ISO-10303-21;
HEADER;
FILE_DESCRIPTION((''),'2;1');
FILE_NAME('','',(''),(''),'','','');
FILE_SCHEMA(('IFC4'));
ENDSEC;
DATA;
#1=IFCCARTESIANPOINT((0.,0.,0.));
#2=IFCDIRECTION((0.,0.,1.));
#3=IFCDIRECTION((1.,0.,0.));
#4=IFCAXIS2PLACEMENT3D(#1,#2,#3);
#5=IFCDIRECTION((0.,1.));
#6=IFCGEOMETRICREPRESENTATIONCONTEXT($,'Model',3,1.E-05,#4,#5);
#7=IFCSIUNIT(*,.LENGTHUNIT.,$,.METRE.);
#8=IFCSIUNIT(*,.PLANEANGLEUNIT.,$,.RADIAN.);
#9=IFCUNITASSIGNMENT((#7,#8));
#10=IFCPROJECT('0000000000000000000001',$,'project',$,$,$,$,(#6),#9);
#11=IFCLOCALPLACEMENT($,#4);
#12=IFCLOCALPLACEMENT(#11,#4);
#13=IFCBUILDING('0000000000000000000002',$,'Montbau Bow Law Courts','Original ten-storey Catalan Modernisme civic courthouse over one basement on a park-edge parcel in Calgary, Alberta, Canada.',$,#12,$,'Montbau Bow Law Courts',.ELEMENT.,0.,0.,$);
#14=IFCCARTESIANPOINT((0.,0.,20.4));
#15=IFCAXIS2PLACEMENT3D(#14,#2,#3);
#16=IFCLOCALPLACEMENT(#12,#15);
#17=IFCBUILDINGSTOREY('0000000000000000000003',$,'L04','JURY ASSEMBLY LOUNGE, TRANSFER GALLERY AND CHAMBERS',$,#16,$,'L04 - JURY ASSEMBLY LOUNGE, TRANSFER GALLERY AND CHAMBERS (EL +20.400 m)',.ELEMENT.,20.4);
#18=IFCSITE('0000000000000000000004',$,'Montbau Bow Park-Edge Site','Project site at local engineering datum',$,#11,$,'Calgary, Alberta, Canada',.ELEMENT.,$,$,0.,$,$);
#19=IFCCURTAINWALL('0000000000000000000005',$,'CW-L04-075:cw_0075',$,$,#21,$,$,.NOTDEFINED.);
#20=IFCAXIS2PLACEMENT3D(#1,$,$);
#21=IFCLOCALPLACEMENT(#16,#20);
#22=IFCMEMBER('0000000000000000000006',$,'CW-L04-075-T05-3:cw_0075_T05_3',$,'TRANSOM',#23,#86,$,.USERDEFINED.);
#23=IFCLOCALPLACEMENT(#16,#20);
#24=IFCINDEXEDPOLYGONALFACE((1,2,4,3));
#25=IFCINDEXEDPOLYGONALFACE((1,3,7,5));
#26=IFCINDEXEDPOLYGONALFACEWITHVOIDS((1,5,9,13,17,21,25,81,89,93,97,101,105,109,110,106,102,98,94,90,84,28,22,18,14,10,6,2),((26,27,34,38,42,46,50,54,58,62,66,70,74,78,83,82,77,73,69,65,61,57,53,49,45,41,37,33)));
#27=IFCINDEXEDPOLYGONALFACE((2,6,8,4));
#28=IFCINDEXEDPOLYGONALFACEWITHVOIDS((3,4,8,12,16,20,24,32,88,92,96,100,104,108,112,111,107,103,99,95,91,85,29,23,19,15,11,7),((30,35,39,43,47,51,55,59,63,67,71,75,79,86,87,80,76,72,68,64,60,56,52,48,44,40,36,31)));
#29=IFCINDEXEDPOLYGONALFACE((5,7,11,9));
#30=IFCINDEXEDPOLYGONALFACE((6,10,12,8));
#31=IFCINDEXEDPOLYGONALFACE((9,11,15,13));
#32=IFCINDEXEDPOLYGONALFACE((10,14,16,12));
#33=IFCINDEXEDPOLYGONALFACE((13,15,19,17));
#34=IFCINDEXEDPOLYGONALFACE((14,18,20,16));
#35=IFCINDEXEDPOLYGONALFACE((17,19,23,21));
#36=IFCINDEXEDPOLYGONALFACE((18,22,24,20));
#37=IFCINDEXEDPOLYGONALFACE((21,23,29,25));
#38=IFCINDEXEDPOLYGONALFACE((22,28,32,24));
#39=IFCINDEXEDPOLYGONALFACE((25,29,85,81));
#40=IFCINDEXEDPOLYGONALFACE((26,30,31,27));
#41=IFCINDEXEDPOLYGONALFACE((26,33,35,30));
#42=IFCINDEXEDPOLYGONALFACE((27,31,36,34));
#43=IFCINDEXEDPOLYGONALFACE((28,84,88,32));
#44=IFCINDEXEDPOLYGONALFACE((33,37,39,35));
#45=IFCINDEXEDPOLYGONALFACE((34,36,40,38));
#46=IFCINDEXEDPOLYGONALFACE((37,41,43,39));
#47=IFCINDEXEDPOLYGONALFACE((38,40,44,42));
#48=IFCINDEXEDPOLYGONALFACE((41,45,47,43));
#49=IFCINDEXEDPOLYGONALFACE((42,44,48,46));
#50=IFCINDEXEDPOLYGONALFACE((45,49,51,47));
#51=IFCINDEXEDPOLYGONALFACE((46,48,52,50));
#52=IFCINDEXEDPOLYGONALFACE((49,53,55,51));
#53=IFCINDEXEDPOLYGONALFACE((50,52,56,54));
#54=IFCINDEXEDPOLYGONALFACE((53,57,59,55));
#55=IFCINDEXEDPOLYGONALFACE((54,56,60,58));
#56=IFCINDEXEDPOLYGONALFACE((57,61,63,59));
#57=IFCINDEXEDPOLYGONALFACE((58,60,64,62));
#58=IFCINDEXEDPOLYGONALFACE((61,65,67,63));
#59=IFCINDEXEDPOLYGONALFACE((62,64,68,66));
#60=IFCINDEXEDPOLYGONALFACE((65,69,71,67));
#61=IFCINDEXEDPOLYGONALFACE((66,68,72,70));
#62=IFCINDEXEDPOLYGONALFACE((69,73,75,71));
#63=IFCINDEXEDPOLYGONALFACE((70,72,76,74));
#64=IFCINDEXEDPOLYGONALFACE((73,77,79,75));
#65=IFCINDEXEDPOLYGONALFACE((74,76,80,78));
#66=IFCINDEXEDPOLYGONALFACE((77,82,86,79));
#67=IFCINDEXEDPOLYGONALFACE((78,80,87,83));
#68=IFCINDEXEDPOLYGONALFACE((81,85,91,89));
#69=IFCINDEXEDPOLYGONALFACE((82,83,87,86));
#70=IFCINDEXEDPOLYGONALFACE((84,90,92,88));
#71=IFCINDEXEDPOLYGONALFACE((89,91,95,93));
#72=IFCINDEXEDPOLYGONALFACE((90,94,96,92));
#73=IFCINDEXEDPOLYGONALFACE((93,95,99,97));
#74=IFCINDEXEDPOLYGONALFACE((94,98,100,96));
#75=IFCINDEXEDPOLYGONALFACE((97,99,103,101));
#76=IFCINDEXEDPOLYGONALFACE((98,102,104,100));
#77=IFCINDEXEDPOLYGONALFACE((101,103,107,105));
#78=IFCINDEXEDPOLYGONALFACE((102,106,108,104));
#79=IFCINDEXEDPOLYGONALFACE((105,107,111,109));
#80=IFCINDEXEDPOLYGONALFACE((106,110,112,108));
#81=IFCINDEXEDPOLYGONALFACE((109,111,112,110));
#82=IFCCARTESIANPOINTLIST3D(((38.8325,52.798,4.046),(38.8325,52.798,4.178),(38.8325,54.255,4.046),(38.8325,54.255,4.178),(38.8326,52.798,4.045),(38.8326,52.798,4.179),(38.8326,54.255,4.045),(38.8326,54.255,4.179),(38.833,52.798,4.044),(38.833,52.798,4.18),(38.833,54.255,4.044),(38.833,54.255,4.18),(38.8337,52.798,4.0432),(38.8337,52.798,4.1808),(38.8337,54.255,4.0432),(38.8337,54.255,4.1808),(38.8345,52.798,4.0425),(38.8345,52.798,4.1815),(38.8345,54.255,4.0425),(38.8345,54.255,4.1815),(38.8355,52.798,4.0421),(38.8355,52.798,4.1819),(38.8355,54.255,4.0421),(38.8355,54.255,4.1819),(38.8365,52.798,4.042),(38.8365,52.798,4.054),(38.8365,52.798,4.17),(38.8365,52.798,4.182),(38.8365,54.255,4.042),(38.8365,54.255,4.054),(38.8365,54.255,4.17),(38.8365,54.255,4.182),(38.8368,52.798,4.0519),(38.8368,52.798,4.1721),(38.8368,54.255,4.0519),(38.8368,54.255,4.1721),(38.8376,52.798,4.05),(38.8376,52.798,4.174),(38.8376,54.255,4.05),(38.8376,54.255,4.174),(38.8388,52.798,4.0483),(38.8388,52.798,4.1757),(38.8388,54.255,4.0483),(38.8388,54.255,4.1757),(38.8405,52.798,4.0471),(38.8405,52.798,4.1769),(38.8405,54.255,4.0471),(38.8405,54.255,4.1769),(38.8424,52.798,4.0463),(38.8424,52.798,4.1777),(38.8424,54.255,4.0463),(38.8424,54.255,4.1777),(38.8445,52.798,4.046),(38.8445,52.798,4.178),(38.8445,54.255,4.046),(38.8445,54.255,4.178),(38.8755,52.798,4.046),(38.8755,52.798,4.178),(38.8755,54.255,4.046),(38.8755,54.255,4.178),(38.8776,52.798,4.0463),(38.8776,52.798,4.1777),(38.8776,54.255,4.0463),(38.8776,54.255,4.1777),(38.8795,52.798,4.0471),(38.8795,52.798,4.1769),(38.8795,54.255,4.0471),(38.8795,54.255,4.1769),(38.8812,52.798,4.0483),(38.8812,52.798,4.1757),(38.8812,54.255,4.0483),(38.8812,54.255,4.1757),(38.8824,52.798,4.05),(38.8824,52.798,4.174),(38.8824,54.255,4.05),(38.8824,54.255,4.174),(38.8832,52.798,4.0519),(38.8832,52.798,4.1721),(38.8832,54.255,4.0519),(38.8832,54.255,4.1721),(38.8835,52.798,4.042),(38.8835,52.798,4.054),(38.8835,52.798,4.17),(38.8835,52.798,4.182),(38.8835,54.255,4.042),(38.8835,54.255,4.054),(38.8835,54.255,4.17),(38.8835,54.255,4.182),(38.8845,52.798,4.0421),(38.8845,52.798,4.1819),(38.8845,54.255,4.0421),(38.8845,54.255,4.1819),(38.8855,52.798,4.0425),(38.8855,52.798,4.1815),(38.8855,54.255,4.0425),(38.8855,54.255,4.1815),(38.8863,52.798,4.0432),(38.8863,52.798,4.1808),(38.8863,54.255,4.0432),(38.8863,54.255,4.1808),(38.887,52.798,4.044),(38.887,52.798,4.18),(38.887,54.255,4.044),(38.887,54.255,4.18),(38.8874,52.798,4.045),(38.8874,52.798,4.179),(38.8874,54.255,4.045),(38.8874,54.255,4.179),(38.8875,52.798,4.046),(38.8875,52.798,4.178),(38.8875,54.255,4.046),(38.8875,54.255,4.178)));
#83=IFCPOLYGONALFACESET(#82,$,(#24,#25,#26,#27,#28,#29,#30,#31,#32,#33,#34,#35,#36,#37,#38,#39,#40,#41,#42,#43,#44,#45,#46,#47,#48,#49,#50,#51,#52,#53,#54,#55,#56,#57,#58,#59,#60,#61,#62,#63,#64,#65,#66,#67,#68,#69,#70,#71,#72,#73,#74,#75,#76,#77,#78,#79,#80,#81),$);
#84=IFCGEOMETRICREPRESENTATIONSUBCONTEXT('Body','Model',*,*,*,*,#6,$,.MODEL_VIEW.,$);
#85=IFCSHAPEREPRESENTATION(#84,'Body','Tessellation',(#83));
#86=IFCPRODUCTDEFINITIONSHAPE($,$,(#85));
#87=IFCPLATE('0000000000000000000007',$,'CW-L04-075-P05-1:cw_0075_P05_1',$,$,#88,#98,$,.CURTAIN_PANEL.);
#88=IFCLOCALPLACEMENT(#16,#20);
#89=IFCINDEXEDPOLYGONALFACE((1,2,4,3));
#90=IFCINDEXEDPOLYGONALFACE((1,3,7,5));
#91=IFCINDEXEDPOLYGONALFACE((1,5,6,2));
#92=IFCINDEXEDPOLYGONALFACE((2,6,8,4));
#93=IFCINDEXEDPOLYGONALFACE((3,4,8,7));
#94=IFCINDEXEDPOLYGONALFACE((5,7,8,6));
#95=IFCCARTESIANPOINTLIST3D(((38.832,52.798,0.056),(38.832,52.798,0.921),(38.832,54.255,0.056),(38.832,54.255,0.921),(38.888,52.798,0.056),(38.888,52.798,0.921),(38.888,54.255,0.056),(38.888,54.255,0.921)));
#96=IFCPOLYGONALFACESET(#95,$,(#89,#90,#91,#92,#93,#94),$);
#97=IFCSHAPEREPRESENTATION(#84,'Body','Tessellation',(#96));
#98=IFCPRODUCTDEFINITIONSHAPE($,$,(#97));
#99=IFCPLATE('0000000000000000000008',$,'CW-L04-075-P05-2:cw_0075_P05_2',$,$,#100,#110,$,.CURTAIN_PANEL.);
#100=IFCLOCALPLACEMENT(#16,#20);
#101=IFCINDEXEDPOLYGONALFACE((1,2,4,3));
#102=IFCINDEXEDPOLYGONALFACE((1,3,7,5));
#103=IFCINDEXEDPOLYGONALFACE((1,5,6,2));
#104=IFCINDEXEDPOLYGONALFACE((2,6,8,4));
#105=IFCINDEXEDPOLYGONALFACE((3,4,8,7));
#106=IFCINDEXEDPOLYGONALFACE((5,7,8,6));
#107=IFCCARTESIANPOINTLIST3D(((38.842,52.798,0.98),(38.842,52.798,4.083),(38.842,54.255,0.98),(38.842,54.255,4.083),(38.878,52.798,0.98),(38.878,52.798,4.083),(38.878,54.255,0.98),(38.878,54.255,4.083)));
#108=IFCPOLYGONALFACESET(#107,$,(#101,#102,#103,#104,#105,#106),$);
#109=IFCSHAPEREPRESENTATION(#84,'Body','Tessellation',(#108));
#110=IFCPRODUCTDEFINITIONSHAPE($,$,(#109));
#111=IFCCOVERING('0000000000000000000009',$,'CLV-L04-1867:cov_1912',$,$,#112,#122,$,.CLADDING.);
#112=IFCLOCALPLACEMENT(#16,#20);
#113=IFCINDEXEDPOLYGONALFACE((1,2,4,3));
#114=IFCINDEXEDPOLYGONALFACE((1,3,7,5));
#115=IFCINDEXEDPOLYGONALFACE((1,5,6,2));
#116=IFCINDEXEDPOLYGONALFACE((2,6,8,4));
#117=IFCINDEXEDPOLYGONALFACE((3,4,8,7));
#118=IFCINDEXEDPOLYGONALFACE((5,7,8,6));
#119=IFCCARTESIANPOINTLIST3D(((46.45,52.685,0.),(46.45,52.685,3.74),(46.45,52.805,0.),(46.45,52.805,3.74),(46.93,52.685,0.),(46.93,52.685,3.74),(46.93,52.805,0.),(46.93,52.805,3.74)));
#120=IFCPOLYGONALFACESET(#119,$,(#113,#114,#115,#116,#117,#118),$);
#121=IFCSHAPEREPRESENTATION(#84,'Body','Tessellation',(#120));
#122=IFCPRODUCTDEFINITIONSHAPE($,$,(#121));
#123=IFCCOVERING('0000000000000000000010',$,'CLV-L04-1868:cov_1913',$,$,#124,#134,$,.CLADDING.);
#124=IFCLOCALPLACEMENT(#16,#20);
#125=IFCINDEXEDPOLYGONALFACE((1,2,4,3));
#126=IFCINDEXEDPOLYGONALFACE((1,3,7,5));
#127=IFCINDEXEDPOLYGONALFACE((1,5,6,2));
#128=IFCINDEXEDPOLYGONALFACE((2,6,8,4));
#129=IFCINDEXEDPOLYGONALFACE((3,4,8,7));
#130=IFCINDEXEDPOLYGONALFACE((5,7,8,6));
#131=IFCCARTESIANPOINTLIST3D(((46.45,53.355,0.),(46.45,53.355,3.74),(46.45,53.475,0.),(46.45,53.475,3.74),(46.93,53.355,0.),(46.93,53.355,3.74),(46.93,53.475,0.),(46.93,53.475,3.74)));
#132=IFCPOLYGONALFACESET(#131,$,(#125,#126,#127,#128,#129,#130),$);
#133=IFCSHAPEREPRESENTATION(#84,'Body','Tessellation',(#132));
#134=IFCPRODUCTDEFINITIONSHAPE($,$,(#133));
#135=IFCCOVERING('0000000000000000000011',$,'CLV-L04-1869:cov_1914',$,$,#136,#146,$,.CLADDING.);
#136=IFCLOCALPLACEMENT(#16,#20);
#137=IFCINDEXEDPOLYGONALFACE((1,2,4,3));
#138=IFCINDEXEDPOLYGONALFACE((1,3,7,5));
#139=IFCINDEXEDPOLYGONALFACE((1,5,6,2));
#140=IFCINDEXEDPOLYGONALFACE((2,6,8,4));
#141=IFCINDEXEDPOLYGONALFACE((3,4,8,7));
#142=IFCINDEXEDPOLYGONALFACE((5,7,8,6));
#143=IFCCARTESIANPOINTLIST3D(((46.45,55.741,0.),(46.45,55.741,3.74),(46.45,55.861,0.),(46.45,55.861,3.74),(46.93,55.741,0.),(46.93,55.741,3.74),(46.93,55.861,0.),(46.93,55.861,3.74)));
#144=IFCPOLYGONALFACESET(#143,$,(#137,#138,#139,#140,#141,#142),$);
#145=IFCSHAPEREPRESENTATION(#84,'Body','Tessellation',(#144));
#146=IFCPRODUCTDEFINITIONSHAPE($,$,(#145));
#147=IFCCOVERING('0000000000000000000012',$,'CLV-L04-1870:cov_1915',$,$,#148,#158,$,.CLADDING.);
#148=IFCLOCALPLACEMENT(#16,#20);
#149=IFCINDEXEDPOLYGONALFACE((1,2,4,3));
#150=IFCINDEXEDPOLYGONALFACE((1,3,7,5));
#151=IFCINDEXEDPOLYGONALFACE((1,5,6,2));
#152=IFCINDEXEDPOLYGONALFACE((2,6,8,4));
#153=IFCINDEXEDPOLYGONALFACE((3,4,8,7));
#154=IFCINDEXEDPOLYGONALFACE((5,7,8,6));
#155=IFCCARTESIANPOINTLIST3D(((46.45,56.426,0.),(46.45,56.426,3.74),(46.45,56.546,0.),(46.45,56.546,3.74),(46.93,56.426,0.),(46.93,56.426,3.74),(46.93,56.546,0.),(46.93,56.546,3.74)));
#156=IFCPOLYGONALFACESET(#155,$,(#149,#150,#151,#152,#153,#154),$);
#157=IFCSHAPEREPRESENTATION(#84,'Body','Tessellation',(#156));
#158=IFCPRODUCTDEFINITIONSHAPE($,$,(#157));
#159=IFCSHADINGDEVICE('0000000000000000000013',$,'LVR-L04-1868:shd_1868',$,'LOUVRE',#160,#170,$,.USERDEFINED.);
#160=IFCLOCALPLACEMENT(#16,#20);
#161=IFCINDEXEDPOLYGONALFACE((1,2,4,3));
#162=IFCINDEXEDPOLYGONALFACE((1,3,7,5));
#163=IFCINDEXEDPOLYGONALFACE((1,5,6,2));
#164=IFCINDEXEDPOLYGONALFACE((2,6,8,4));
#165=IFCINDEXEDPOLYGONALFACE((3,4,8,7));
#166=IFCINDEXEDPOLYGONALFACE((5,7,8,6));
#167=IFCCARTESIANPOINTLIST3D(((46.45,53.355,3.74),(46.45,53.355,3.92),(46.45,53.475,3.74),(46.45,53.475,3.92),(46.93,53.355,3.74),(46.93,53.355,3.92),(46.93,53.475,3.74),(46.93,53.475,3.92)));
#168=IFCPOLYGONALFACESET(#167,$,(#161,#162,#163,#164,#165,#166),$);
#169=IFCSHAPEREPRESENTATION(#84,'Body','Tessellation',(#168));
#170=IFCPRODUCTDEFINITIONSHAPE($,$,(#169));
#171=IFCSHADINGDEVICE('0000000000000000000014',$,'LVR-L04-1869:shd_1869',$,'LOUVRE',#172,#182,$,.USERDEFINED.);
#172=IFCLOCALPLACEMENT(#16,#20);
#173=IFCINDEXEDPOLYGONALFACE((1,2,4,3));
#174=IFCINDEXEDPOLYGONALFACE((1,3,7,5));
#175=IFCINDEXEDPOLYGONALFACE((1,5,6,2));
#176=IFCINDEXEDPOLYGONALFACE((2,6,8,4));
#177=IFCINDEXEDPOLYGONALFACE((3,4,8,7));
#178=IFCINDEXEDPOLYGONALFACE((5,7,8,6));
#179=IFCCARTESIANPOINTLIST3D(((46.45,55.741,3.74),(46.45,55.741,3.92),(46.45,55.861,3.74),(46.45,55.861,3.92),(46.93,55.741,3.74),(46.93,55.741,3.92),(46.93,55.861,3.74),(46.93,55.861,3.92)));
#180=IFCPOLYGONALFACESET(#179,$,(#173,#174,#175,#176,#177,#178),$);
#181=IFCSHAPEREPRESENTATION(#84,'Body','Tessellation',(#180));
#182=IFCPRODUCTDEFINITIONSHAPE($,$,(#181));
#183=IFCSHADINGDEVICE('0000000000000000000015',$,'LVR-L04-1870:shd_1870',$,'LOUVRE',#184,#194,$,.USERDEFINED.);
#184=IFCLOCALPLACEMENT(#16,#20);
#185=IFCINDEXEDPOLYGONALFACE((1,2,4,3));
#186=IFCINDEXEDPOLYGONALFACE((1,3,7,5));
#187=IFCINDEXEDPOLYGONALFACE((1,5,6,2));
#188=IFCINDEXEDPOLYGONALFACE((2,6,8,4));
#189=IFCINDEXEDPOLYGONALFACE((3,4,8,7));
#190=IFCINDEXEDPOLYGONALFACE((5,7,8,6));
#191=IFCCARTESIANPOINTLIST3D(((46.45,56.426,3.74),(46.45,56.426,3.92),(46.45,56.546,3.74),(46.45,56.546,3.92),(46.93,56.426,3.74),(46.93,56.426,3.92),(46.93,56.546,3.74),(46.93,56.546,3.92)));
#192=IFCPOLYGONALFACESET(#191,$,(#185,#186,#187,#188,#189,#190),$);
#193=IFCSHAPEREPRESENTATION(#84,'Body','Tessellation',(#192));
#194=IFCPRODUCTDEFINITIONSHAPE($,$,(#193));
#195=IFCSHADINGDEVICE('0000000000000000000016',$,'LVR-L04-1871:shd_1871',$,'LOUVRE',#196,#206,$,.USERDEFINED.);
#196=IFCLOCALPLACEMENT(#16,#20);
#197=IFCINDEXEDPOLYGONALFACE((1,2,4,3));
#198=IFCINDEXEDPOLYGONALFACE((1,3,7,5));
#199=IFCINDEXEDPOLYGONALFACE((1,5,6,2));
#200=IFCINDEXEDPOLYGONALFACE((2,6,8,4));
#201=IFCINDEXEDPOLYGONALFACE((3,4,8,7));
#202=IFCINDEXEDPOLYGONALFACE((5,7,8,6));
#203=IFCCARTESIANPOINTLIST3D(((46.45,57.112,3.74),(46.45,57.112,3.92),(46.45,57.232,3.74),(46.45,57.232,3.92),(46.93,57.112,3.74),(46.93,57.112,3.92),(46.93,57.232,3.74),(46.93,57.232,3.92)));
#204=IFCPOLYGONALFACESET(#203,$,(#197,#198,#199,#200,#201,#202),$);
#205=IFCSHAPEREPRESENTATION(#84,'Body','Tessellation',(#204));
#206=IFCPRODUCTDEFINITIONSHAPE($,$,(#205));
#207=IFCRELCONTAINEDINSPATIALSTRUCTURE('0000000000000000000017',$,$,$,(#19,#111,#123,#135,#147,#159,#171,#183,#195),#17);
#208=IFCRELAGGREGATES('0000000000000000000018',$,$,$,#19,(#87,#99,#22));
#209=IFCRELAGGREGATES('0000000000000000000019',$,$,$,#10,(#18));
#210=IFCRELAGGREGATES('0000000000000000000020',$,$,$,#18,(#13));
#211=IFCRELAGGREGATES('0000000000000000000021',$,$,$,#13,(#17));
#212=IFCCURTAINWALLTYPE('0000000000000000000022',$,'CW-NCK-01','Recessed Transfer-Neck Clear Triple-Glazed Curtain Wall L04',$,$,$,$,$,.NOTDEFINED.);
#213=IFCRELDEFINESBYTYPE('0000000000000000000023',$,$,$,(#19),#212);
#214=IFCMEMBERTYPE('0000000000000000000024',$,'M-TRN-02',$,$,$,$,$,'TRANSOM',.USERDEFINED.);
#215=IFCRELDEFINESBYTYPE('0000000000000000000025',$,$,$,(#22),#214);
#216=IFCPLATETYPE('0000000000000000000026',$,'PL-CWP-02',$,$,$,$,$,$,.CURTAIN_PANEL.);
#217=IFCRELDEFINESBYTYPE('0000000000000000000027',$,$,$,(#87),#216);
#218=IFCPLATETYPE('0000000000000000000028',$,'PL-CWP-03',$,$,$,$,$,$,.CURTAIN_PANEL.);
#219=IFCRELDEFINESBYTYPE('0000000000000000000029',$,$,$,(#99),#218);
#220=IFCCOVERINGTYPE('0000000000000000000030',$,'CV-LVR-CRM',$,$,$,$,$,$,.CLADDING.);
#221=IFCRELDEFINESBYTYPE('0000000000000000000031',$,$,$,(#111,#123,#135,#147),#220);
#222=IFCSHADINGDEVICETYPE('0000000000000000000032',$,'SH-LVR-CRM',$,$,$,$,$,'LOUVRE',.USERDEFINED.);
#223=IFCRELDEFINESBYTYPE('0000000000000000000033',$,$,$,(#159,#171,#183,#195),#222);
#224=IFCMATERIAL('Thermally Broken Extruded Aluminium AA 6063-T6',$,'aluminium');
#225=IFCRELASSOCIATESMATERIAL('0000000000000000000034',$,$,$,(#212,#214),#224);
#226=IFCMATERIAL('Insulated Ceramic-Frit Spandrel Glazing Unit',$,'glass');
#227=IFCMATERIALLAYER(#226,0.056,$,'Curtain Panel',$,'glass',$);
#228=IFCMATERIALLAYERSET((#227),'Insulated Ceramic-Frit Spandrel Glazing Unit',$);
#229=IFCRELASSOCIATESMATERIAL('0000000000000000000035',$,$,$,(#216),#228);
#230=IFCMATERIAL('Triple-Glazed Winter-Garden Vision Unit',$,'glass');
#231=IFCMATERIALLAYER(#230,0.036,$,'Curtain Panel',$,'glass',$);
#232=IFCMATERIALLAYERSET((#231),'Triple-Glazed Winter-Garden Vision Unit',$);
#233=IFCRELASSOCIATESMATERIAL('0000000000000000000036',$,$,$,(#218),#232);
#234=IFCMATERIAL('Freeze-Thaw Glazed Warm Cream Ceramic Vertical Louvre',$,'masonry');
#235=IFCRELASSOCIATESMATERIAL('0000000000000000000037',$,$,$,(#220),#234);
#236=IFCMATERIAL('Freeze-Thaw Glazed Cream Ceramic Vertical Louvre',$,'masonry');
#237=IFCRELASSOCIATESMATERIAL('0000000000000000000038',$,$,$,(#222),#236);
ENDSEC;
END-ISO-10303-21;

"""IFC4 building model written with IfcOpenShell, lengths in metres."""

from ifc_helpers import new_model, si_unit, direction, frame, frame_2d, origin_with_axes, origin_2d_with_axis, place, context, subcontext, project, spatial, rectangle, hollow_rectangle, extrude, material, layer, layer_set, material_profile, profile_set, type_object, element, aggregate, save


model = new_model("IFC4")

# Units and contexts
model_context = context("Model", 3, precision=1e-05, world=origin_with_axes(), true_north=direction((0.0, 1.0)))
body_context = subcontext(model_context, "Body", "Model", "MODEL_VIEW")
ifc_project = project(units=[si_unit("LENGTHUNIT", "METRE"), si_unit("PLANEANGLEUNIT", "RADIAN")], contexts=[model_context])

# Site, building, storey
site_placement = place(None, origin_with_axes())
site = spatial("IfcSite", under=ifc_project, at=site_placement, Name="Montbau Bow Park-Edge Site", Description="Project site at local engineering datum", LongName="Calgary, Alberta, Canada", CompositionType="ELEMENT", RefElevation=0.0)
building_placement = place(site_placement, origin_with_axes())
building = spatial("IfcBuilding", under=site, at=building_placement, Name="Montbau Bow Law Courts", Description="Original ten-storey Catalan Modernisme civic courthouse over one basement on a park-edge parcel in Calgary, Alberta, Canada.", LongName="Montbau Bow Law Courts", CompositionType="ELEMENT", ElevationOfRefHeight=0.0, ElevationOfTerrain=0.0)
storey_placement = place(building_placement, frame((0.0, 0.0, 20.4), z_axis=(0.0, 0.0, 1.0), x_axis=(1.0, 0.0, 0.0)))
storey = spatial("IfcBuildingStorey", under=building, at=storey_placement, Name="L04", Description="JURY ASSEMBLY LOUNGE, TRANSFER GALLERY AND CHAMBERS", LongName="L04 - JURY ASSEMBLY LOUNGE, TRANSFER GALLERY AND CHAMBERS (EL +20.400 m)", CompositionType="ELEMENT", Elevation=20.4)

# Curtain wall
ifc_material_1 = material(Name="Thermally Broken Extruded Aluminium AA 6063-T6", Category="aluminium")
curtain_wall_type = type_object("IfcCurtainWallType", Name="CW-NCK-01", Description="Recessed Transfer-Neck Clear Triple-Glazed Curtain Wall L04", PredefinedType="NOTDEFINED", material=ifc_material_1)
curtain_wall_1_placement = place(None, frame((38.86, 46.468, 20.4), z_axis=(0.0, 0.0, 1.0), x_axis=(1.0, 0.0, 0.0)))
curtain_wall_1 = element("IfcCurtainWall", 1, at=curtain_wall_1_placement, inside=storey, type_object=curtain_wall_type, Name="CW-L04-075:cw_0075", PredefinedType="NOTDEFINED")

# Member
ifc_material_profile_1 = material_profile(ifc_material_1, hollow_rectangle(XDim=0.055, YDim=0.14, WallThickness=0.004, InnerFilletRadius=0.008, OuterFilletRadius=0.004, at=origin_2d_with_axis()), Name="CWT-140X55", Category="Main", Priority=0)
ifc_profile_set_1 = profile_set([ifc_material_profile_1], Name="Thermally Broken Extruded Aluminium AA 6063-T6")
member_type_1 = type_object("IfcMemberType", Name="M-TRN-02", ElementType="TRANSOM", PredefinedType="USERDEFINED", material=ifc_profile_set_1)
member_1_placement = place(None, frame((38.86, 52.798, 24.512), z_axis=(0.0, 1.0, 0.0), x_axis=(-1.0, 0.0, 0.0)))
member_1 = element("IfcMember", 2, at=member_1_placement, type_object=member_type_1, Name="CW-L04-075-T05-3:cw_0075_T05_3", ObjectType="TRANSOM", PredefinedType="USERDEFINED", context=body_context, shape_type="SweptSolid", body=[
    extrude(hollow_rectangle(XDim=0.055, YDim=0.14, WallThickness=0.004, InnerFilletRadius=0.008, OuterFilletRadius=0.004, at=origin_2d_with_axis()), origin_with_axes(), (0.0, 0.0, 1.0), 1.457),
])

# Plates
ifc_material_2 = material(Name="Insulated Ceramic-Frit Spandrel Glazing Unit", Category="glass")
ifc_layer_1 = layer(ifc_material_2, 0.056, Name="Curtain Panel", Category="glass")
ifc_layer_set_1 = layer_set([ifc_layer_1], Name="Insulated Ceramic-Frit Spandrel Glazing Unit")
plate_type_1 = type_object("IfcPlateType", Name="PL-CWP-02", PredefinedType="CURTAIN_PANEL", material=ifc_layer_set_1)
plate_1_placement = place(None, frame((38.86, 52.798, 20.456), z_axis=(1.0, 0.0, 0.0), x_axis=(0.0, 1.0, 0.0)))
plate_1 = element("IfcPlate", 3, at=plate_1_placement, type_object=plate_type_1, Name="CW-L04-075-P05-1:cw_0075_P05_1", PredefinedType="CURTAIN_PANEL", context=body_context, shape_type="SweptSolid", body=[
    extrude(rectangle(XDim=1.457, YDim=0.865, at=frame_2d((0.7285, 0.4325), x_axis=(1.0, 0.0))), frame((0.0, 0.0, -0.028), z_axis=(0.0, 0.0, 1.0), x_axis=(1.0, 0.0, 0.0)), (0.0, 0.0, 1.0), 0.056),
])
ifc_material_3 = material(Name="Triple-Glazed Winter-Garden Vision Unit", Category="glass")
ifc_layer_2 = layer(ifc_material_3, 0.036, Name="Curtain Panel", Category="glass")
ifc_layer_set_2 = layer_set([ifc_layer_2], Name="Triple-Glazed Winter-Garden Vision Unit")
plate_type_2 = type_object("IfcPlateType", Name="PL-CWP-03", PredefinedType="CURTAIN_PANEL", material=ifc_layer_set_2)
plate_2_placement = place(None, frame((38.86, 52.798, 21.38), z_axis=(1.0, 0.0, 0.0), x_axis=(0.0, 1.0, 0.0)))
plate_2 = element("IfcPlate", 4, at=plate_2_placement, type_object=plate_type_2, Name="CW-L04-075-P05-2:cw_0075_P05_2", PredefinedType="CURTAIN_PANEL", context=body_context, shape_type="SweptSolid", body=[
    extrude(rectangle(XDim=1.457, YDim=3.103, at=frame_2d((0.7285, 1.5515), x_axis=(1.0, 0.0))), frame((0.0, 0.0, -0.018), z_axis=(0.0, 0.0, 1.0), x_axis=(1.0, 0.0, 0.0)), (0.0, 0.0, 1.0), 0.036),
])
aggregate(curtain_wall_1, [plate_1, plate_2, member_1])

# Coverings
ifc_material_4 = material(Name="Freeze-Thaw Glazed Warm Cream Ceramic Vertical Louvre", Category="masonry")
covering_type = type_object("IfcCoveringType", Name="CV-LVR-CRM", PredefinedType="CLADDING", material=ifc_material_4)
for number, where, z_axis, x_axis, name in (
    (5, (46.93, 52.745, 20.4), (0.0, 1.0, 0.0), (-1.0, 0.0, 0.0), "CLV-L04-1867:cov_1912"),
    (6, (46.93, 53.415, 20.4), (0.0, 1.0, 0.0), (-1.0, 0.0, 0.0), "CLV-L04-1868:cov_1913"),
    (7, (46.93, 55.801, 20.4), (0.0, 1.0, 0.0), (-1.0, 0.0, 0.0), "CLV-L04-1869:cov_1914"),
    (8, (46.93, 56.486, 20.4), (0.0, 1.0, 0.0), (-1.0, 0.0, 0.0), "CLV-L04-1870:cov_1915"),
):
    element("IfcCovering", number, at=place(None, frame(where, z_axis=z_axis, x_axis=x_axis)), inside=storey, type_object=covering_type, Name=name, PredefinedType="CLADDING", context=body_context, shape_type="SweptSolid", body=[
        extrude(rectangle(XDim=0.48, YDim=3.74, at=frame_2d((0.24, 1.87), x_axis=(1.0, 0.0))), frame((0.0, 0.0, -0.06), z_axis=(0.0, 0.0, 1.0), x_axis=(1.0, 0.0, 0.0)), (0.0, 0.0, 1.0), 0.12),
    ])

# Shading devices
ifc_material_5 = material(Name="Freeze-Thaw Glazed Cream Ceramic Vertical Louvre", Category="masonry")
shading_device_type = type_object("IfcShadingDeviceType", Name="SH-LVR-CRM", ElementType="LOUVRE", PredefinedType="USERDEFINED", material=ifc_material_5)
for number, where, z_axis, x_axis, name in (
    (9, (46.69, 53.415, 24.14), (0.0, 0.0, 1.0), (-1.0, 0.0, 0.0), "LVR-L04-1868:shd_1868"),
    (10, (46.69, 55.801, 24.14), (0.0, 0.0, 1.0), (-1.0, 0.0, 0.0), "LVR-L04-1869:shd_1869"),
    (11, (46.69, 56.486, 24.14), (0.0, 0.0, 1.0), (-1.0, 0.0, 0.0), "LVR-L04-1870:shd_1870"),
    (12, (46.69, 57.172, 24.14), (0.0, 0.0, 1.0), (-1.0, 0.0, 0.0), "LVR-L04-1871:shd_1871"),
):
    element("IfcShadingDevice", number, at=place(None, frame(where, z_axis=z_axis, x_axis=x_axis)), inside=storey, type_object=shading_device_type, Name=name, ObjectType="LOUVRE", PredefinedType="USERDEFINED", context=body_context, shape_type="SweptSolid", body=[
        extrude(rectangle(XDim=0.48, YDim=0.12, at=origin_2d_with_axis()), origin_with_axes(), (0.0, 0.0, 1.0), 0.18),
    ])

save(model, "model.ifc")
